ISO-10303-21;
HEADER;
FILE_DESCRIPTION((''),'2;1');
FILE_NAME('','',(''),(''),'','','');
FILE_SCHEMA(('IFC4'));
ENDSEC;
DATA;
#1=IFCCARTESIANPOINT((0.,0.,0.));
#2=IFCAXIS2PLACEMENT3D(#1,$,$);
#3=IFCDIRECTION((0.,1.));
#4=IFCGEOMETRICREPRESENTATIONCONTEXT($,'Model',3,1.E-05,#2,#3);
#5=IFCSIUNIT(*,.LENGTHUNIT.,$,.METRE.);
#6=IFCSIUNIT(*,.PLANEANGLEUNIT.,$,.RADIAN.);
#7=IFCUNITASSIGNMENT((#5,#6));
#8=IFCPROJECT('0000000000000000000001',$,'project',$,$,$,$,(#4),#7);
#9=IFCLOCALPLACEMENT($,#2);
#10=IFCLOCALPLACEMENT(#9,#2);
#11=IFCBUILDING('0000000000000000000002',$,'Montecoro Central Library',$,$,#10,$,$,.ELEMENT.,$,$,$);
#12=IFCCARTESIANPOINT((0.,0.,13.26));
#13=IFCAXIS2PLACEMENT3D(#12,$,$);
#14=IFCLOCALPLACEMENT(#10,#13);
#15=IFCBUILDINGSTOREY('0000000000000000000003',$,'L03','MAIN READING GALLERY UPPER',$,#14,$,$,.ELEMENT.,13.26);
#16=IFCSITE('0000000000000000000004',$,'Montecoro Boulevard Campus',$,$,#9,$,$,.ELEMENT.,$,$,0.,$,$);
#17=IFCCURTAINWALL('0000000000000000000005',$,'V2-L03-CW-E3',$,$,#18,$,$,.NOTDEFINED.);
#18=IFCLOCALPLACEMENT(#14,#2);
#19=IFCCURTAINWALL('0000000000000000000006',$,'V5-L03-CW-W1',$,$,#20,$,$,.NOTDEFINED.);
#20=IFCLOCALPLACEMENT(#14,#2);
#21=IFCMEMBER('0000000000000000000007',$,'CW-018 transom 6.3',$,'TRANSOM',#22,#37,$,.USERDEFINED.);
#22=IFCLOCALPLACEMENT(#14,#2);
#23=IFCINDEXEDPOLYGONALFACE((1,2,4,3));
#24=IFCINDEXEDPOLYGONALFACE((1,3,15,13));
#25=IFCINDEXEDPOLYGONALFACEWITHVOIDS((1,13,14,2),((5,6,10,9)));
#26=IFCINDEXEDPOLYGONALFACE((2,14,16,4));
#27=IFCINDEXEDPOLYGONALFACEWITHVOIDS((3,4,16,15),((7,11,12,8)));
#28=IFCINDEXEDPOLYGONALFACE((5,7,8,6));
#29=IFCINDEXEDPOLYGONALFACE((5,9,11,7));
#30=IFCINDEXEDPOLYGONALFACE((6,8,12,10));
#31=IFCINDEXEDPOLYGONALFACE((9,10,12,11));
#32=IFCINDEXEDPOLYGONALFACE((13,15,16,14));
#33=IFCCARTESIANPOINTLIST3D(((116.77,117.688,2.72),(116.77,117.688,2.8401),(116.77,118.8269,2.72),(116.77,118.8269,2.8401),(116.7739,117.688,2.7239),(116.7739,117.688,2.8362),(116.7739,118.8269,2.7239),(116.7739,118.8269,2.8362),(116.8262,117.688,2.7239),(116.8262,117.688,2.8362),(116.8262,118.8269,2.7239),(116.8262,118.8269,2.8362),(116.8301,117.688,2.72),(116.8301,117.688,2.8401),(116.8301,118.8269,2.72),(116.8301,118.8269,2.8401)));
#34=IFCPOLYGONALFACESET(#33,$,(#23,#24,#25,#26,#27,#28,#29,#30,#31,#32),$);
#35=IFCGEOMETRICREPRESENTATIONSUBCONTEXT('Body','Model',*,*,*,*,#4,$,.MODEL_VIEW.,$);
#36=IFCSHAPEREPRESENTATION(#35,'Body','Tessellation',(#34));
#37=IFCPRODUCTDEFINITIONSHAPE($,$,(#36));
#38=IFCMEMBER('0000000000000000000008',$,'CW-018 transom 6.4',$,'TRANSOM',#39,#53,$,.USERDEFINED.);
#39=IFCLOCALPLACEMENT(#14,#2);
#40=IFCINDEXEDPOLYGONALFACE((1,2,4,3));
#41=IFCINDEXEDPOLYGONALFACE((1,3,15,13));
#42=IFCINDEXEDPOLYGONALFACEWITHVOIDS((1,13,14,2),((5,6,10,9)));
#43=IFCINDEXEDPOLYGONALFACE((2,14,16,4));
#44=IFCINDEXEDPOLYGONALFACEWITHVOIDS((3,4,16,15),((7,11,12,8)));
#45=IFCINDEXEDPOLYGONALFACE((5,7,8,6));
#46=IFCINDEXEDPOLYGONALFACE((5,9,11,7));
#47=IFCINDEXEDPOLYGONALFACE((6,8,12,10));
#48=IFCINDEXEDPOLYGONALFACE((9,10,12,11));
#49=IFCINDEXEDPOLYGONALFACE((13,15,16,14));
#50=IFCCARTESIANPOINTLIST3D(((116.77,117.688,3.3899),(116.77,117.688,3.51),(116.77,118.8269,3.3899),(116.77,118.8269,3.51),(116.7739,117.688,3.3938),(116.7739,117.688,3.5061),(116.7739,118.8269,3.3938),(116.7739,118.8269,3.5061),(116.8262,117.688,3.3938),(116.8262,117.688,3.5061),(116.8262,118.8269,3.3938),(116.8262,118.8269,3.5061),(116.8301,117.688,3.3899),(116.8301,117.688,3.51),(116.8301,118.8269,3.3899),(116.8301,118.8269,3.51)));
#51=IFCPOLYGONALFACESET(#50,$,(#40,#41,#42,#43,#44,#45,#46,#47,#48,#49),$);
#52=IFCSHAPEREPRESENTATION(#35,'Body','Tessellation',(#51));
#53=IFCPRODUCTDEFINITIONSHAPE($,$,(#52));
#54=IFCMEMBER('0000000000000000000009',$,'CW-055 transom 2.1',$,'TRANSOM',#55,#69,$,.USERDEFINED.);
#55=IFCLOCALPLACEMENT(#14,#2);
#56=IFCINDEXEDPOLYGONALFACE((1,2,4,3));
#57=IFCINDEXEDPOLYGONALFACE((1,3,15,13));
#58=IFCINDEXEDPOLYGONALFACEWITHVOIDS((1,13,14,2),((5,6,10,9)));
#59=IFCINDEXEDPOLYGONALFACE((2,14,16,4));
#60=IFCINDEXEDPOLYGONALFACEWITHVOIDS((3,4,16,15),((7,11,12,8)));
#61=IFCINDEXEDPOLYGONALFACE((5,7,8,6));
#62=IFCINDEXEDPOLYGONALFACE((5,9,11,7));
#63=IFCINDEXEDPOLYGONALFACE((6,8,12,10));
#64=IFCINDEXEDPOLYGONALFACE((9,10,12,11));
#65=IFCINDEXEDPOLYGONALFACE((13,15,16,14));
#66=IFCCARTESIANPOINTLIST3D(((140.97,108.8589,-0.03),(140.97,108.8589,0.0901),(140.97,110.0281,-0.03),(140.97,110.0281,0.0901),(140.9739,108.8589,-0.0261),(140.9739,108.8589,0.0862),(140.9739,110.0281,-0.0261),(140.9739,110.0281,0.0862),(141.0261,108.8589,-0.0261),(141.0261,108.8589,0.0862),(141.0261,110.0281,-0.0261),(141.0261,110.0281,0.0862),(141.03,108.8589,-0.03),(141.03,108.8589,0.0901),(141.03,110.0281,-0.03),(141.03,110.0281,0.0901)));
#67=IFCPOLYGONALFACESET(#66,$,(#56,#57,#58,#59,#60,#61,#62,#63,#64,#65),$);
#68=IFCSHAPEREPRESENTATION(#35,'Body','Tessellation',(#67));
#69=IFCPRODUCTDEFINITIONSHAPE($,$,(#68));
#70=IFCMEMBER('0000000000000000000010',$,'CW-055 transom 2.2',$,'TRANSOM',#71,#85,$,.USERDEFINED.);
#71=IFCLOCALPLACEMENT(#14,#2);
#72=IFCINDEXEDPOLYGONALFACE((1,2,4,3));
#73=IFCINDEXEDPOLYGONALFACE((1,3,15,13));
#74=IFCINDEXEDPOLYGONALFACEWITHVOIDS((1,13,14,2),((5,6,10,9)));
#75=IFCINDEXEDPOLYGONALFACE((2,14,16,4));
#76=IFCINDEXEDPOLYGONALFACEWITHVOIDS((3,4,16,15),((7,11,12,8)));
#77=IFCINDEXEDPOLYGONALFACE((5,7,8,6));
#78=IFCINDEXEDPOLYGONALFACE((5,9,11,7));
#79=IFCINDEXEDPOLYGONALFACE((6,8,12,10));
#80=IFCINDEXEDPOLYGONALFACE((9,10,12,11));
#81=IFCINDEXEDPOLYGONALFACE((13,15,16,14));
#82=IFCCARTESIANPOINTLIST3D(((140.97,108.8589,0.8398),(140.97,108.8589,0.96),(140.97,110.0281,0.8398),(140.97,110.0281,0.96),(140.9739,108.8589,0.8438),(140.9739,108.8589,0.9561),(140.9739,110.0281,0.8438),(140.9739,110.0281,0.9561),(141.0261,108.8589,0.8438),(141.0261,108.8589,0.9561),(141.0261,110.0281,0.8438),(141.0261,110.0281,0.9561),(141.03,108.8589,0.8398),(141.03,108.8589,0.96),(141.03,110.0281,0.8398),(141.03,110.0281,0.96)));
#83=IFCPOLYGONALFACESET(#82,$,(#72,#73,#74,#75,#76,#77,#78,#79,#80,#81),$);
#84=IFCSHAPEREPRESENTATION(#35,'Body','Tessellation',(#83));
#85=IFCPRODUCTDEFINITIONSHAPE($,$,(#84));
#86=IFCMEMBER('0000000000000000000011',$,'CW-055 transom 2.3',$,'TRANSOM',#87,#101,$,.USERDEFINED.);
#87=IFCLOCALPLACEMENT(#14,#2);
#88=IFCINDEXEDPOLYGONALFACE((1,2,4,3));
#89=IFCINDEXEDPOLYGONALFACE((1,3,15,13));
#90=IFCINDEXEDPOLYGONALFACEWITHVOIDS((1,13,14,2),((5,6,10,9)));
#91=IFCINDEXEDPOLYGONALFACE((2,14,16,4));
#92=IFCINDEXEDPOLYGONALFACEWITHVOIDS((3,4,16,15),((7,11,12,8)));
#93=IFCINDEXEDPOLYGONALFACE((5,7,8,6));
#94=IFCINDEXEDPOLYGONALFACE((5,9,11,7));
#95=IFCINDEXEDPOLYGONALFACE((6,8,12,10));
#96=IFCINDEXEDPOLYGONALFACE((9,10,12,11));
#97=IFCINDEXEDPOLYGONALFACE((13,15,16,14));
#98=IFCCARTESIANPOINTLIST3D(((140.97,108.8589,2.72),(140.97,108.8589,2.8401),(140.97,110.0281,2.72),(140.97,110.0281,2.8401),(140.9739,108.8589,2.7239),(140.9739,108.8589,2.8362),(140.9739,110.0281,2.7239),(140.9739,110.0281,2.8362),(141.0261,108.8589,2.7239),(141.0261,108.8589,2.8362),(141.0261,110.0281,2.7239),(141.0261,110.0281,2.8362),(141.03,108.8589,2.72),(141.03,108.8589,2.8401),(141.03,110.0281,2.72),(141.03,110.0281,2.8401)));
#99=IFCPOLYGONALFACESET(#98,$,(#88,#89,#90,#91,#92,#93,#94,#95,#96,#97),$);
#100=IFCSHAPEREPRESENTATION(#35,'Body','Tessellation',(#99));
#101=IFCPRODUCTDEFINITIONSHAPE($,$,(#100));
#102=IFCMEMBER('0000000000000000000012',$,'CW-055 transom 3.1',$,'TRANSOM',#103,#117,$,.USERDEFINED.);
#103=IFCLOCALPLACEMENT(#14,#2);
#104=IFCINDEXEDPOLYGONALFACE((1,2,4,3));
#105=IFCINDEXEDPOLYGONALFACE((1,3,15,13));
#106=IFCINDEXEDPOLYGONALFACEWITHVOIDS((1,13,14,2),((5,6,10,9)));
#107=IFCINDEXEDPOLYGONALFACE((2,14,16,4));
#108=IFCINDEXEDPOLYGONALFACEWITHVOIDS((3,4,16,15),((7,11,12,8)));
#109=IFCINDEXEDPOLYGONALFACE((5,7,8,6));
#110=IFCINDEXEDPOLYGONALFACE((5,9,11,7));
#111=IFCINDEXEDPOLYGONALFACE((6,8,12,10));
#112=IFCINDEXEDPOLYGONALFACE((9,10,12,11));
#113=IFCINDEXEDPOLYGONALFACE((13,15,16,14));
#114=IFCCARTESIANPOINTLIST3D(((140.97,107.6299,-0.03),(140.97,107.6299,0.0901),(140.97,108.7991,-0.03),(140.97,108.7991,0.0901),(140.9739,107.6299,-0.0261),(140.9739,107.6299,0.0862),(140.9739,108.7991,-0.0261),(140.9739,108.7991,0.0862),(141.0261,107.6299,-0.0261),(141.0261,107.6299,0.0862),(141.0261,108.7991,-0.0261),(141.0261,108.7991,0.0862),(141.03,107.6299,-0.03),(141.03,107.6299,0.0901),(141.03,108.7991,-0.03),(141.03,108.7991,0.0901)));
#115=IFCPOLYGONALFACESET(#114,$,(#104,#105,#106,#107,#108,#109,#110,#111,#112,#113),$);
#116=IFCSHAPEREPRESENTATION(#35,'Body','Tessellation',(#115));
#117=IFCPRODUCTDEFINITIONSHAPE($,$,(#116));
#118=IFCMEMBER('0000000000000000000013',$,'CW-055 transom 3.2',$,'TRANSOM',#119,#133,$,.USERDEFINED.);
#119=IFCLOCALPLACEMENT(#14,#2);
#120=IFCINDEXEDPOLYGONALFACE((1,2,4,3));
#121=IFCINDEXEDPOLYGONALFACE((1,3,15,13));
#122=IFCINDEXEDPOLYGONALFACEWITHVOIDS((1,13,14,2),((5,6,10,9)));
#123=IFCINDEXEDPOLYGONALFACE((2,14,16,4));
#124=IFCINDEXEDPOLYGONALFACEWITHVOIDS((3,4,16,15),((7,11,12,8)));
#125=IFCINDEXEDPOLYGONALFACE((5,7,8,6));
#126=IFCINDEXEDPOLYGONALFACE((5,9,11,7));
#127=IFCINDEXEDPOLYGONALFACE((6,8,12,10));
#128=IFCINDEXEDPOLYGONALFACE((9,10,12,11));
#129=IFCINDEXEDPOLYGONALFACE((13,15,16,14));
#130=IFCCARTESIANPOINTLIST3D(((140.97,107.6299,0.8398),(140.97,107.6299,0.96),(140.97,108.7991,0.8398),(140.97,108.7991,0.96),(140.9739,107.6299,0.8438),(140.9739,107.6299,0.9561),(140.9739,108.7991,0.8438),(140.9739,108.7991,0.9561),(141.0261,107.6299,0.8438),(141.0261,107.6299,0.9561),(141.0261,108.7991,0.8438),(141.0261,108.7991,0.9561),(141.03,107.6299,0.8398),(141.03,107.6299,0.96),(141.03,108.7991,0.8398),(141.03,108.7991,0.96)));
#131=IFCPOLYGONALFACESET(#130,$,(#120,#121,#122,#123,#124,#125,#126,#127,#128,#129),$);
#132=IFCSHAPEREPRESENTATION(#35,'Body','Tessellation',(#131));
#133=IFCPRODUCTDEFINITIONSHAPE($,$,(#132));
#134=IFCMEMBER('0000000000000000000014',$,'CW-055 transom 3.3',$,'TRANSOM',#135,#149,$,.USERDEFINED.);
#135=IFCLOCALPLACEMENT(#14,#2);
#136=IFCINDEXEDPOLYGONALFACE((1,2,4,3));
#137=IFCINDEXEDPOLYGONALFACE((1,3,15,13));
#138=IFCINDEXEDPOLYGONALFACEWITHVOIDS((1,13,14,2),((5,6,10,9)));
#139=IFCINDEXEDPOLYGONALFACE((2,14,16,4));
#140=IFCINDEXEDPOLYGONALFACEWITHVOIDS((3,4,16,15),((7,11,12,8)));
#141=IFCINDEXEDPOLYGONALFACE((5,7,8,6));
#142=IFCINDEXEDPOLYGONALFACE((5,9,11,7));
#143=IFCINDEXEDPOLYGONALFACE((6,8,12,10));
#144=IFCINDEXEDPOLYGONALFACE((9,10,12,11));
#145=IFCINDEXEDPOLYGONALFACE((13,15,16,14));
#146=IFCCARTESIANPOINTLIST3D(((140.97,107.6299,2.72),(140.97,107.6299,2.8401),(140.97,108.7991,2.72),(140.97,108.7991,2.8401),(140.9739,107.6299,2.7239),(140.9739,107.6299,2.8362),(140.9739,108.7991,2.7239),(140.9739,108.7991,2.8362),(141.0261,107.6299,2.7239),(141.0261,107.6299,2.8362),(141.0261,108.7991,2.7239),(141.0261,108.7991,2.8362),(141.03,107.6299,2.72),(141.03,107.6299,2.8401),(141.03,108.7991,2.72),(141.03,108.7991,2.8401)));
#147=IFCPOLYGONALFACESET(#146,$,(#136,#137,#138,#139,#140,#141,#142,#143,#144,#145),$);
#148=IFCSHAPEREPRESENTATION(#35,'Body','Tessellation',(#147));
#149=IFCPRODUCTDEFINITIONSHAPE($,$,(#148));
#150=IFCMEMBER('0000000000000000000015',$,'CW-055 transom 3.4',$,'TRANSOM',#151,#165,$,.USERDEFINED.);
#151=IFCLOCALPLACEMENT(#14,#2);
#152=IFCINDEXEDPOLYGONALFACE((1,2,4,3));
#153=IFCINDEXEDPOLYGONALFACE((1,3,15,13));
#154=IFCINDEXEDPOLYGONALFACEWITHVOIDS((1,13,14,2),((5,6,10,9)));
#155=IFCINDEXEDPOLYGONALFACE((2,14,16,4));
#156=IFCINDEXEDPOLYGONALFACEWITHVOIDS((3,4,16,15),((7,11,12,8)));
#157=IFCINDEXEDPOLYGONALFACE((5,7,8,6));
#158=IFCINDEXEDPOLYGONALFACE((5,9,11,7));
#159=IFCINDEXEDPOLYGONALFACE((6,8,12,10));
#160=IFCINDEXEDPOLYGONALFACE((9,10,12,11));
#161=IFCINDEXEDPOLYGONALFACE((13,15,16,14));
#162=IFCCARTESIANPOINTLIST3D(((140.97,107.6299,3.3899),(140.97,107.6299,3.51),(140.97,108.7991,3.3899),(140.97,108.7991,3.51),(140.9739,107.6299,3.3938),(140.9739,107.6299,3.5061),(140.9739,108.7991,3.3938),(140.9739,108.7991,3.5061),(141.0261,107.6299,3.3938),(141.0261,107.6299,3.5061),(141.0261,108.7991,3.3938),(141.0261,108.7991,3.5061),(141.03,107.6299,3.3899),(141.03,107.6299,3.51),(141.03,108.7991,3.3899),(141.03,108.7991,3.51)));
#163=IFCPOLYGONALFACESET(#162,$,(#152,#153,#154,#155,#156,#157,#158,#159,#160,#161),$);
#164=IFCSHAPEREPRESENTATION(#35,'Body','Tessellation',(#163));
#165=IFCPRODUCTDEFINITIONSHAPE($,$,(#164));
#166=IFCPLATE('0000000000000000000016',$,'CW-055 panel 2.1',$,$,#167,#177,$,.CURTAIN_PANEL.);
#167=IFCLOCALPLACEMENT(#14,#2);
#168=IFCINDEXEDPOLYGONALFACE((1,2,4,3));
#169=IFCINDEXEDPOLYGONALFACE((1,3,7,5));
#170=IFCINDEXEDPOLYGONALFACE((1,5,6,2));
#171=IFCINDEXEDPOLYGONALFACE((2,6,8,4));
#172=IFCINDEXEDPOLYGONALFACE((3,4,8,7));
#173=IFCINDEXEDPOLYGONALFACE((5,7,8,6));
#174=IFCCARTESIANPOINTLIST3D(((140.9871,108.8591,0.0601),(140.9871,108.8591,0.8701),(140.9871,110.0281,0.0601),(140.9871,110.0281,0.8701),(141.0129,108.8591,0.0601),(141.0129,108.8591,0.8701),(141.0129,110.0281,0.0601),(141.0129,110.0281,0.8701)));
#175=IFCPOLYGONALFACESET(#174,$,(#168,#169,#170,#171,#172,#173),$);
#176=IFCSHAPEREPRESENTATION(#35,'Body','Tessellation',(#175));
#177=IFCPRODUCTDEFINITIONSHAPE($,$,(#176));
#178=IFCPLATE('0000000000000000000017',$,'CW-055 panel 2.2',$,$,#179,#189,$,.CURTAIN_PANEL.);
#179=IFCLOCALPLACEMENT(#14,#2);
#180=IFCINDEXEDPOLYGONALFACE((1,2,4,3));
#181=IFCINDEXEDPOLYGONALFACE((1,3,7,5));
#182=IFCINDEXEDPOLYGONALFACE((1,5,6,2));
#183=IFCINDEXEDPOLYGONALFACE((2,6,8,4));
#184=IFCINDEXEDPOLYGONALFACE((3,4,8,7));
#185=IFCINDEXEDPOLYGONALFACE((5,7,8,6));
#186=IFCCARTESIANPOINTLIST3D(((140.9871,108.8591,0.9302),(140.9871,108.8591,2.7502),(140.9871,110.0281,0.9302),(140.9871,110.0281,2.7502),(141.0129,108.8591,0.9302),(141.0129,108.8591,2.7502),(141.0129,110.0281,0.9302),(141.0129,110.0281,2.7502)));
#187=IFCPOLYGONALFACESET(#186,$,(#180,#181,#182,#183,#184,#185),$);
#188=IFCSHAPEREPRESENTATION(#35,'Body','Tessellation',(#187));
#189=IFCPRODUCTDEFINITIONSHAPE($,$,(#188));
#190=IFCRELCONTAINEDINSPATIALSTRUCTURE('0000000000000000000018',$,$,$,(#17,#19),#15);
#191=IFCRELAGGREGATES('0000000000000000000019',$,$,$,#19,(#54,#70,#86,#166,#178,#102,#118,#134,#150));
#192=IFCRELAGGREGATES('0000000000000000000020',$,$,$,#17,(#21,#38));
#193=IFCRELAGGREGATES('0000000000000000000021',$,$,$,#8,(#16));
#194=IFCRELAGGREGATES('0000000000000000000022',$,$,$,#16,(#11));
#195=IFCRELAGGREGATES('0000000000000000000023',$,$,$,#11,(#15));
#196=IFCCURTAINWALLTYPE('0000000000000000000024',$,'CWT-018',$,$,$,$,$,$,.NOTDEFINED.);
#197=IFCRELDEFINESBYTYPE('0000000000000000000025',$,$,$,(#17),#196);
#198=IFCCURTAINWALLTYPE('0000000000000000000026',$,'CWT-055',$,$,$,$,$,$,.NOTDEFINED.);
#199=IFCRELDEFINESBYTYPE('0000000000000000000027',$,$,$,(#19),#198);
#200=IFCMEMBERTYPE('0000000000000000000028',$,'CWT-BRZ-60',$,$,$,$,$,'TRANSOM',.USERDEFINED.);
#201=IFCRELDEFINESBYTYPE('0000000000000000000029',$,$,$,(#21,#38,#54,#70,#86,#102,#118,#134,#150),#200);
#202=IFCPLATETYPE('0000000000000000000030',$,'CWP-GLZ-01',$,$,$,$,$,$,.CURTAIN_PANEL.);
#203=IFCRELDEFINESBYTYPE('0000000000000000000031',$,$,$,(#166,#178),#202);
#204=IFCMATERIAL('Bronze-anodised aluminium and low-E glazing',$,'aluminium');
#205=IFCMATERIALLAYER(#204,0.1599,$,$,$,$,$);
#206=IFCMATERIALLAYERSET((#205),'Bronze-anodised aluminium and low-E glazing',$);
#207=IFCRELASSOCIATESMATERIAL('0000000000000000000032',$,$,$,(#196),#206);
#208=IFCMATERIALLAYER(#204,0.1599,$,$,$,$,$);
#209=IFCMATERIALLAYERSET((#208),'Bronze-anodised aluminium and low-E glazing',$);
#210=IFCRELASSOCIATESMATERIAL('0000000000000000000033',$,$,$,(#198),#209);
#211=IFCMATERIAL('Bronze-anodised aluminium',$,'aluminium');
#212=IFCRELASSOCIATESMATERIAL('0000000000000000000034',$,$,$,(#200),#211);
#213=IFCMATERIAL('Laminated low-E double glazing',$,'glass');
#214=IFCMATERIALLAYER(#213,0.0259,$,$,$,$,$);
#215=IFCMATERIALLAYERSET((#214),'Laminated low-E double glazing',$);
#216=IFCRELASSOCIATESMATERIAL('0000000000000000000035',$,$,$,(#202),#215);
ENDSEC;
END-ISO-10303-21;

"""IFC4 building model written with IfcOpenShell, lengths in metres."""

from ifc_helpers import new_model, si_unit, direction, frame, origin, origin_2d, place, context, subcontext, project, spatial, rectangle, hollow_rectangle, extrude, material, layer, layer_set, material_profile, profile_set, type_object, element, aggregate, save


model = new_model("IFC4")

# Units and contexts
model_context = context("Model", 3, precision=1e-05, world=origin(), true_north=direction((0.0, 1.0)))
body_context = subcontext(model_context, "Body", "Model", "MODEL_VIEW")
ifc_project = project(units=[si_unit("LENGTHUNIT", "METRE"), si_unit("PLANEANGLEUNIT", "RADIAN")], contexts=[model_context])

# Site, building, storey
site_placement = place(None, origin())
site = spatial("IfcSite", under=ifc_project, at=site_placement, Name="Montecoro Boulevard Campus", CompositionType="ELEMENT", RefElevation=0.0)
building_placement = place(site_placement, origin())
building = spatial("IfcBuilding", under=site, at=building_placement, Name="Montecoro Central Library", CompositionType="ELEMENT")
storey_placement = place(building_placement, frame((0.0, 0.0, 13.26)))
storey = spatial("IfcBuildingStorey", under=building, at=storey_placement, Name="L03", Description="MAIN READING GALLERY UPPER", CompositionType="ELEMENT", Elevation=13.26)

# Curtain wall
ifc_material_1 = material(Name="Bronze-anodised aluminium and low-E glazing", Category="aluminium")
ifc_layer_1 = layer(ifc_material_1, 0.1599)
ifc_layer_set_1 = layer_set([ifc_layer_1], Name="Bronze-anodised aluminium and low-E glazing")
curtain_wall_type_1 = type_object("IfcCurtainWallType", Name="CWT-018", PredefinedType="NOTDEFINED", material=ifc_layer_set_1)
curtain_wall_1_placement = place(storey_placement, origin())
curtain_wall_1 = element("IfcCurtainWall", 1, at=curtain_wall_1_placement, inside=storey, type_object=curtain_wall_type_1, Name="V2-L03-CW-E3", PredefinedType="NOTDEFINED")
ifc_material_2 = material(Name="Bronze-anodised aluminium", Category="aluminium")

# Curtain wall
ifc_layer_2 = layer(ifc_material_1, 0.1599)
ifc_layer_set_2 = layer_set([ifc_layer_2], Name="Bronze-anodised aluminium and low-E glazing")
curtain_wall_type_2 = type_object("IfcCurtainWallType", Name="CWT-055", PredefinedType="NOTDEFINED", material=ifc_layer_set_2)
curtain_wall_2_placement = place(storey_placement, origin())
curtain_wall_2 = element("IfcCurtainWall", 2, at=curtain_wall_2_placement, inside=storey, type_object=curtain_wall_type_2, Name="V5-L03-CW-W1", PredefinedType="NOTDEFINED")

# Members
ifc_material_profile_1 = material_profile(ifc_material_2, hollow_rectangle(XDim=0.0601, YDim=0.1201, WallThickness=0.0039, at=origin_2d()), Name="CWT 120x60x4.0")
ifc_profile_set_1 = profile_set([ifc_material_profile_1], Name="Bronze-anodised aluminium")
member_type_1 = type_object("IfcMemberType", Name="CWT-BRZ-60", ElementType="TRANSOM", PredefinedType="USERDEFINED", material=ifc_profile_set_1)
member_1_placement = place(storey_placement, frame((116.8, 117.688, 2.78), z_axis=(0.0, 1.0, 0.0), x_axis=(-1.0, 0.0, 0.0)))
member_1 = element("IfcMember", 3, at=member_1_placement, type_object=member_type_1, Name="CW-018 transom 6.3", ObjectType="TRANSOM", PredefinedType="USERDEFINED", context=body_context, shape_type="SweptSolid", body=[
    extrude(hollow_rectangle(XDim=0.0601, YDim=0.1201, WallThickness=0.0039, at=origin_2d()), origin(), (0.0, 0.0, 1.0), 1.1389),
])
member_2_placement = place(storey_placement, frame((116.8, 117.688, 3.45), z_axis=(0.0, 1.0, 0.0), x_axis=(-1.0, 0.0, 0.0)))
member_2 = element("IfcMember", 4, at=member_2_placement, type_object=member_type_1, Name="CW-018 transom 6.4", ObjectType="TRANSOM", PredefinedType="USERDEFINED", context=body_context, shape_type="SweptSolid", body=[
    extrude(hollow_rectangle(XDim=0.0601, YDim=0.1201, WallThickness=0.0039, at=origin_2d()), origin(), (0.0, 0.0, 1.0), 1.1389),
])
member_3_placement = place(storey_placement, frame((141.0, 110.0281, 0.03), z_axis=(0.0, -1.0, 0.0), x_axis=(1.0, 0.0, 0.0)))
member_3 = element("IfcMember", 5, at=member_3_placement, type_object=member_type_1, Name="CW-055 transom 2.1", ObjectType="TRANSOM", PredefinedType="USERDEFINED", context=body_context, shape_type="SweptSolid", body=[
    extrude(hollow_rectangle(XDim=0.0601, YDim=0.1201, WallThickness=0.0039, at=origin_2d()), origin(), (0.0, 0.0, 1.0), 1.1692),
])
member_4_placement = place(storey_placement, frame((141.0, 110.0281, 0.8999), z_axis=(0.0, -1.0, 0.0), x_axis=(1.0, 0.0, 0.0)))
member_4 = element("IfcMember", 6, at=member_4_placement, type_object=member_type_1, Name="CW-055 transom 2.2", ObjectType="TRANSOM", PredefinedType="USERDEFINED", context=body_context, shape_type="SweptSolid", body=[
    extrude(hollow_rectangle(XDim=0.0601, YDim=0.1201, WallThickness=0.0039, at=origin_2d()), origin(), (0.0, 0.0, 1.0), 1.1692),
])
member_5_placement = place(storey_placement, frame((141.0, 110.0281, 2.78), z_axis=(0.0, -1.0, 0.0), x_axis=(1.0, 0.0, 0.0)))
member_5 = element("IfcMember", 7, at=member_5_placement, type_object=member_type_1, Name="CW-055 transom 2.3", ObjectType="TRANSOM", PredefinedType="USERDEFINED", context=body_context, shape_type="SweptSolid", body=[
    extrude(hollow_rectangle(XDim=0.0601, YDim=0.1201, WallThickness=0.0039, at=origin_2d()), origin(), (0.0, 0.0, 1.0), 1.1692),
])
member_6_placement = place(storey_placement, frame((141.0, 108.7991, 0.03), z_axis=(0.0, -1.0, 0.0), x_axis=(1.0, 0.0, 0.0)))
member_6 = element("IfcMember", 8, at=member_6_placement, type_object=member_type_1, Name="CW-055 transom 3.1", ObjectType="TRANSOM", PredefinedType="USERDEFINED", context=body_context, shape_type="SweptSolid", body=[
    extrude(hollow_rectangle(XDim=0.0601, YDim=0.1201, WallThickness=0.0039, at=origin_2d()), origin(), (0.0, 0.0, 1.0), 1.1692),
])
member_7_placement = place(storey_placement, frame((141.0, 108.7991, 0.8999), z_axis=(0.0, -1.0, 0.0), x_axis=(1.0, 0.0, 0.0)))
member_7 = element("IfcMember", 9, at=member_7_placement, type_object=member_type_1, Name="CW-055 transom 3.2", ObjectType="TRANSOM", PredefinedType="USERDEFINED", context=body_context, shape_type="SweptSolid", body=[
    extrude(hollow_rectangle(XDim=0.0601, YDim=0.1201, WallThickness=0.0039, at=origin_2d()), origin(), (0.0, 0.0, 1.0), 1.1692),
])
member_8_placement = place(storey_placement, frame((141.0, 108.7991, 2.78), z_axis=(0.0, -1.0, 0.0), x_axis=(1.0, 0.0, 0.0)))
member_8 = element("IfcMember", 10, at=member_8_placement, type_object=member_type_1, Name="CW-055 transom 3.3", ObjectType="TRANSOM", PredefinedType="USERDEFINED", context=body_context, shape_type="SweptSolid", body=[
    extrude(hollow_rectangle(XDim=0.0601, YDim=0.1201, WallThickness=0.0039, at=origin_2d()), origin(), (0.0, 0.0, 1.0), 1.1692),
])
member_9_placement = place(storey_placement, frame((141.0, 108.7991, 3.45), z_axis=(0.0, -1.0, 0.0), x_axis=(1.0, 0.0, 0.0)))
member_9 = element("IfcMember", 11, at=member_9_placement, type_object=member_type_1, Name="CW-055 transom 3.4", ObjectType="TRANSOM", PredefinedType="USERDEFINED", context=body_context, shape_type="SweptSolid", body=[
    extrude(hollow_rectangle(XDim=0.0601, YDim=0.1201, WallThickness=0.0039, at=origin_2d()), origin(), (0.0, 0.0, 1.0), 1.1692),
])

# Plates
ifc_material_3 = material(Name="Laminated low-E double glazing", Category="glass")
ifc_layer_3 = layer(ifc_material_3, 0.0259)
ifc_layer_set_3 = layer_set([ifc_layer_3], Name="Laminated low-E double glazing")
plate_type_1 = type_object("IfcPlateType", Name="CWP-GLZ-01", PredefinedType="CURTAIN_PANEL", material=ifc_layer_set_3)
plate_1_placement = place(storey_placement, frame((141.0, 109.4436, 0.0601), z_axis=(0.0, 0.0, 1.0), x_axis=(0.0, -1.0, 0.0)))
plate_1 = element("IfcPlate", 12, at=plate_1_placement, type_object=plate_type_1, Name="CW-055 panel 2.1", PredefinedType="CURTAIN_PANEL", context=body_context, shape_type="SweptSolid", body=[
    extrude(rectangle(XDim=1.1689, YDim=0.0259, at=origin_2d()), origin(), (0.0, 0.0, 1.0), 0.8101),
])
plate_2_placement = place(storey_placement, frame((141.0, 109.4436, 0.9302), z_axis=(0.0, 0.0, 1.0), x_axis=(0.0, -1.0, 0.0)))
plate_2 = element("IfcPlate", 13, at=plate_2_placement, type_object=plate_type_1, Name="CW-055 panel 2.2", PredefinedType="CURTAIN_PANEL", context=body_context, shape_type="SweptSolid", body=[
    extrude(rectangle(XDim=1.1689, YDim=0.0259, at=origin_2d()), origin(), (0.0, 0.0, 1.0), 1.8201),
])
aggregate(curtain_wall_2, [member_3, member_4, member_5, plate_1, plate_2, member_6, member_7, member_8, member_9])
aggregate(curtain_wall_1, [member_1, member_2])

save(model, "model.ifc")
